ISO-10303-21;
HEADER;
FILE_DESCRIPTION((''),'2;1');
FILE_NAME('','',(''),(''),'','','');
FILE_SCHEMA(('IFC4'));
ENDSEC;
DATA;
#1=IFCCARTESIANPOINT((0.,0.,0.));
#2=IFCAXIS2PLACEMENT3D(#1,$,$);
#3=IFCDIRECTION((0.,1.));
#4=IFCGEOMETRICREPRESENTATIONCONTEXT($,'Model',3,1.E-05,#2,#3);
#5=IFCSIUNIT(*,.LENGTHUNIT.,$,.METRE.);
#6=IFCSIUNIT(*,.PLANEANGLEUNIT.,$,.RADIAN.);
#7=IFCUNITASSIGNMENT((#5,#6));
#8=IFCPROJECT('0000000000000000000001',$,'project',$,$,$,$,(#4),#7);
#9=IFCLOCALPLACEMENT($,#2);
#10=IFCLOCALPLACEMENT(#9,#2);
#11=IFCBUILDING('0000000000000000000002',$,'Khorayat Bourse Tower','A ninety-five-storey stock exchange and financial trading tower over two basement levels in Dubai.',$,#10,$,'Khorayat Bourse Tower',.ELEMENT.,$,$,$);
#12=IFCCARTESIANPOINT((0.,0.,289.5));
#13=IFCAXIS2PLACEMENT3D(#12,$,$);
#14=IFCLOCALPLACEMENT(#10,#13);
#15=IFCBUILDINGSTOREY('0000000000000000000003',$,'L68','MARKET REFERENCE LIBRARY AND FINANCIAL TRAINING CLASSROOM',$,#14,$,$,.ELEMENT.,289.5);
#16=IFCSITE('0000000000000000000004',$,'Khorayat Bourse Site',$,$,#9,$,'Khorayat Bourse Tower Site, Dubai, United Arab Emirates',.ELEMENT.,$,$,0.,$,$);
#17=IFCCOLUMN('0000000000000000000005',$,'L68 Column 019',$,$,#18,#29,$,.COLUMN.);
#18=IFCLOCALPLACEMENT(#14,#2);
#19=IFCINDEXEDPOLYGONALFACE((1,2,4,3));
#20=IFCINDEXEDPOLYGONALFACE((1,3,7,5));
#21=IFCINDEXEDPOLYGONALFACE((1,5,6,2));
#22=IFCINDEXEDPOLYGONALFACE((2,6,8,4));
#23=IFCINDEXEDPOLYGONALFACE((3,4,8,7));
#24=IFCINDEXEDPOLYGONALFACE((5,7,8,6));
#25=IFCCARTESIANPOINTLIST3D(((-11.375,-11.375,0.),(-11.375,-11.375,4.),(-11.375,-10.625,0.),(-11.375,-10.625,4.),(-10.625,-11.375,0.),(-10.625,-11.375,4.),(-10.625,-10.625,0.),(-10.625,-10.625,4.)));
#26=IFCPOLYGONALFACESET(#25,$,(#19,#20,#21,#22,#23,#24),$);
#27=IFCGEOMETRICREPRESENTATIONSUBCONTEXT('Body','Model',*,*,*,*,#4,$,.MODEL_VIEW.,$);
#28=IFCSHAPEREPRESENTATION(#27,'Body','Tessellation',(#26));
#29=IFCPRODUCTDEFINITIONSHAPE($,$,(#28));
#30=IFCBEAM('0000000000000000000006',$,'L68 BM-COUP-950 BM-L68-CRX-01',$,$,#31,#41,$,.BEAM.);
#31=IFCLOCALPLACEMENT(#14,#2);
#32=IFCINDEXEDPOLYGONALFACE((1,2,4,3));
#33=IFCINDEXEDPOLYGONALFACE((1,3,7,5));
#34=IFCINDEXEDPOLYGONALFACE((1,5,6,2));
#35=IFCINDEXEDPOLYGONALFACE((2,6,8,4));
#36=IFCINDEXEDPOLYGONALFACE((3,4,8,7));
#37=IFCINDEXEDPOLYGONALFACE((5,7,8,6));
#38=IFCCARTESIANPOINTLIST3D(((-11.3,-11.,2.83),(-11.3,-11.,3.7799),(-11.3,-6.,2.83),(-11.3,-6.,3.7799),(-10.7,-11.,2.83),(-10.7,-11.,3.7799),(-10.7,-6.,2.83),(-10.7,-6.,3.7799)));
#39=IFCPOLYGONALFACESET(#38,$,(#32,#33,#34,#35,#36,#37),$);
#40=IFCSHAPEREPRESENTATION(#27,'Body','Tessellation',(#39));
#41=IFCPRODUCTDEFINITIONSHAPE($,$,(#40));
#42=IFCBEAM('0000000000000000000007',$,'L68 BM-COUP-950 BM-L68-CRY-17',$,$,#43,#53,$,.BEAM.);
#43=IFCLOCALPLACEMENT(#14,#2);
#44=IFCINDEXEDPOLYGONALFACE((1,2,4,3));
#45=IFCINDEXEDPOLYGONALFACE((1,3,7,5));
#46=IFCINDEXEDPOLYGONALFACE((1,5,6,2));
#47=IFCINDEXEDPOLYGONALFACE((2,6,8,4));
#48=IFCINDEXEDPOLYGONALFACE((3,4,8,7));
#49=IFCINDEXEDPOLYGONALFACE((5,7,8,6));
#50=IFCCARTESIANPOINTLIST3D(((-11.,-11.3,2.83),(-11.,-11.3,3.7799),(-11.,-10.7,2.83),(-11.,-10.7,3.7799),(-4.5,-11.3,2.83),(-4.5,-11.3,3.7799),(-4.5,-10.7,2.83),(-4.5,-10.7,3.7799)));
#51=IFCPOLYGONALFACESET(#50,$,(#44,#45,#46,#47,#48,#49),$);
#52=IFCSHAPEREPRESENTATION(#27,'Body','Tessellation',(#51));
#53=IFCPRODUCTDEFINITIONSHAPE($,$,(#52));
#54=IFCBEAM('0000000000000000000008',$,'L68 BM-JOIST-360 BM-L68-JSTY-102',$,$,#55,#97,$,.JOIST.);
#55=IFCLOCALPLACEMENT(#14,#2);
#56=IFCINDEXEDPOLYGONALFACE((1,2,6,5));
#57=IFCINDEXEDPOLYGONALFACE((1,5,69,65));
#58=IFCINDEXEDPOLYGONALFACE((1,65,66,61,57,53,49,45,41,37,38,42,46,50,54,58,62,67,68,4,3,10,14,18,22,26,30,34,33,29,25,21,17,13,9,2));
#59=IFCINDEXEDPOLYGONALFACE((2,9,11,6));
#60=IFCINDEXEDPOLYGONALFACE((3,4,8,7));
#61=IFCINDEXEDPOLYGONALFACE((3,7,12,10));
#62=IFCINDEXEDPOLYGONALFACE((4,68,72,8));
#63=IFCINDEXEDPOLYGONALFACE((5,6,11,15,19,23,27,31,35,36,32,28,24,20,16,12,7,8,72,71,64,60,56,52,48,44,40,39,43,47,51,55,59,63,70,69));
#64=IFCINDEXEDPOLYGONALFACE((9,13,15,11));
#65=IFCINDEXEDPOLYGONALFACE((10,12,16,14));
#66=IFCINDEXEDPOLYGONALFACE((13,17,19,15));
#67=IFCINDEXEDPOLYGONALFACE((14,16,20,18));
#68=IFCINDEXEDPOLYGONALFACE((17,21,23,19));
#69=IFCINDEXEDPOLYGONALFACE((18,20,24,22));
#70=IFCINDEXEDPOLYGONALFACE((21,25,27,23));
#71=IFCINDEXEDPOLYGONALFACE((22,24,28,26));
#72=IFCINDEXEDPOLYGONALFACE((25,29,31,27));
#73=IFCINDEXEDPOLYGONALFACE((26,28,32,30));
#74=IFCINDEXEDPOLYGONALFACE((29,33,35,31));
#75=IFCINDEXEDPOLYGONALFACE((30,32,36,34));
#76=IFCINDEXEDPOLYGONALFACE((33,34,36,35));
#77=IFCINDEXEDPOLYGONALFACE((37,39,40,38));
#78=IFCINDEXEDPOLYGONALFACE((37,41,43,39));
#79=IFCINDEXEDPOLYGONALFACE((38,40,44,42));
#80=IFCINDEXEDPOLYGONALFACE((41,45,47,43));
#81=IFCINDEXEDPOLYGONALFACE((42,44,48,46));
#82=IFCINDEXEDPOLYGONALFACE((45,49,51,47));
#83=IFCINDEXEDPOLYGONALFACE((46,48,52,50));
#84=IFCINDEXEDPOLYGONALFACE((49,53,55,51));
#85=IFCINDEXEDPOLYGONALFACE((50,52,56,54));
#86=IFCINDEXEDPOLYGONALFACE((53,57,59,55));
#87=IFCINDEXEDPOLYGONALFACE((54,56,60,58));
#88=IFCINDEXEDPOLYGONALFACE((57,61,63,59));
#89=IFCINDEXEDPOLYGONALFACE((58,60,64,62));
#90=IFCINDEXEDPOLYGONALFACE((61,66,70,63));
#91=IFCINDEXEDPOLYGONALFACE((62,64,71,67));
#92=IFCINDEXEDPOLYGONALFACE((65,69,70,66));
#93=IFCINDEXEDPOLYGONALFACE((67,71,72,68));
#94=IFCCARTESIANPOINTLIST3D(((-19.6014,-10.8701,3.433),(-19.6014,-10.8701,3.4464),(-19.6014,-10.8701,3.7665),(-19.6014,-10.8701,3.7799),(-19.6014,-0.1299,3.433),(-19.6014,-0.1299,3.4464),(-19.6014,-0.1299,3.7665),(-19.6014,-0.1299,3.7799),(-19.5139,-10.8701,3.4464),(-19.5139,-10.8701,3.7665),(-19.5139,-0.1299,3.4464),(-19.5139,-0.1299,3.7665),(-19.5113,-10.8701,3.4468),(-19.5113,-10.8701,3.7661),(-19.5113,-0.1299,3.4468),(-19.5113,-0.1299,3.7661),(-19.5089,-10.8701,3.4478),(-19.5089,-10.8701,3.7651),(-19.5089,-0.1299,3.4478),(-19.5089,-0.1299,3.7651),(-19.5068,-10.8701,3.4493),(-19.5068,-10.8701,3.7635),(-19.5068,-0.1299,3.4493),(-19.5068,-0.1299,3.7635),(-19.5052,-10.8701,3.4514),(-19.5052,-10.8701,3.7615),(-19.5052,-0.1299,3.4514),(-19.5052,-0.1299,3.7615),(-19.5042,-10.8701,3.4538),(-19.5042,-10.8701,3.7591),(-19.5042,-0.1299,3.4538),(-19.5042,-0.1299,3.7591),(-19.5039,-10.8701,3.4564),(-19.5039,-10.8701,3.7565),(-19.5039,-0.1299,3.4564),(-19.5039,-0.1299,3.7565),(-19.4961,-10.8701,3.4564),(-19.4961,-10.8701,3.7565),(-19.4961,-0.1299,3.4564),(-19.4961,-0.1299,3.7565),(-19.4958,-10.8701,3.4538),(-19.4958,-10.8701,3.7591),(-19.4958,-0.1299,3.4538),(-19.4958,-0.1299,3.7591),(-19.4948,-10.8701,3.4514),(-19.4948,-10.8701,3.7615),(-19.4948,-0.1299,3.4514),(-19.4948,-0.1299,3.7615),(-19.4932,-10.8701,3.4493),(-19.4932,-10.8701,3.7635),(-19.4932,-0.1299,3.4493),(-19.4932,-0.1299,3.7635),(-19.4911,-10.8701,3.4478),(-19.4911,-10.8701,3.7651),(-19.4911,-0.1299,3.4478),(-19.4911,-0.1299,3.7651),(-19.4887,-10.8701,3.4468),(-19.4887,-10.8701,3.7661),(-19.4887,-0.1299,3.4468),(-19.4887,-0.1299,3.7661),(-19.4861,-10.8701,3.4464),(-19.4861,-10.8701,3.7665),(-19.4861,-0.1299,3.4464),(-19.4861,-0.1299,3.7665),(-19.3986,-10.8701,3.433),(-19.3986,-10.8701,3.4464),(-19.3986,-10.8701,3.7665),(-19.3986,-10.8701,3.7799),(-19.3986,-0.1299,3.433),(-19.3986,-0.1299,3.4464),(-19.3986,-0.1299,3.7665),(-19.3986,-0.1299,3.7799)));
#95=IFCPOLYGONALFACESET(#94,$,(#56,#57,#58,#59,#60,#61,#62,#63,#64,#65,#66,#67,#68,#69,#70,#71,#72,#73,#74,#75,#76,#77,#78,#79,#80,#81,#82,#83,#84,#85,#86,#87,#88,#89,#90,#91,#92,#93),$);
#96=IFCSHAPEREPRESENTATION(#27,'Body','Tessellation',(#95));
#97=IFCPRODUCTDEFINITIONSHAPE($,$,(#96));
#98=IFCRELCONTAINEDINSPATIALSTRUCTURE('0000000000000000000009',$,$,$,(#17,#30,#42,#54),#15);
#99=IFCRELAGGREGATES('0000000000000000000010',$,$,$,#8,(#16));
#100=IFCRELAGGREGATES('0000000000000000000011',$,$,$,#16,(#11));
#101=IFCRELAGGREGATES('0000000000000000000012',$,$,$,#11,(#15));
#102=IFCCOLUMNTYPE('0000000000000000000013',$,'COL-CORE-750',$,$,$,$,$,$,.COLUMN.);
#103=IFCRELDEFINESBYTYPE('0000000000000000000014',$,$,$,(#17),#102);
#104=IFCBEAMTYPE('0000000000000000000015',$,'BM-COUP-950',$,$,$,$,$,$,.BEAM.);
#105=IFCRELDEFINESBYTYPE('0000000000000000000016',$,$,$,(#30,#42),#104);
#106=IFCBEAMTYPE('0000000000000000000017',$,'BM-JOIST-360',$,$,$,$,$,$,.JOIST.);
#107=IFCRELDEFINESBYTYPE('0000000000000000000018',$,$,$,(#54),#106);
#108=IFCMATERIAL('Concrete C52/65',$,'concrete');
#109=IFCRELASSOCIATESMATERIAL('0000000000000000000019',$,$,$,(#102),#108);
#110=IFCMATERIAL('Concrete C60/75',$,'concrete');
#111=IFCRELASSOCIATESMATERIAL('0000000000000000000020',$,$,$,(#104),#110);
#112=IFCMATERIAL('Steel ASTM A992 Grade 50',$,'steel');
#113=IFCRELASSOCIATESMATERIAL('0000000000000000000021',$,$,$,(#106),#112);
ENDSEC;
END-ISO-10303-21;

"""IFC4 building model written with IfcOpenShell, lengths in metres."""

from ifc_helpers import new_model, si_unit, direction, frame, origin, origin_2d, place, context, subcontext, project, spatial, rectangle, i_section, extrude, source, transform, mapped, material, material_profile, profile_set, type_object, element, save


model = new_model("IFC4")

# Units and contexts
model_context = context("Model", 3, precision=1e-05, world=origin(), true_north=direction((0.0, 1.0)))
body_context = subcontext(model_context, "Body", "Model", "MODEL_VIEW")
ifc_project = project(units=[si_unit("LENGTHUNIT", "METRE"), si_unit("PLANEANGLEUNIT", "RADIAN")], contexts=[model_context])

# Site, building, storey
site_placement = place(None, origin())
site = spatial("IfcSite", under=ifc_project, at=site_placement, Name="Khorayat Bourse Site", LongName="Khorayat Bourse Tower Site, Dubai, United Arab Emirates", CompositionType="ELEMENT", RefElevation=0.0)
building_placement = place(site_placement, origin())
building = spatial("IfcBuilding", under=site, at=building_placement, Name="Khorayat Bourse Tower", Description="A ninety-five-storey stock exchange and financial trading tower over two basement levels in Dubai.", LongName="Khorayat Bourse Tower", CompositionType="ELEMENT")
storey_placement = place(building_placement, frame((0.0, 0.0, 289.5)))
storey = spatial("IfcBuildingStorey", under=building, at=storey_placement, Name="L68", Description="MARKET REFERENCE LIBRARY AND FINANCIAL TRAINING CLASSROOM", CompositionType="ELEMENT", Elevation=289.5)

# Column
ifc_material_1 = material(Name="Concrete C52/65", Category="concrete")
ifc_material_profile_1 = material_profile(ifc_material_1, rectangle(XDim=0.75, YDim=0.75, at=origin_2d()), Name="RC 750x750")
ifc_profile_set_1 = profile_set([ifc_material_profile_1], Name="Concrete C52/65")
column_type = type_object("IfcColumnType", Name="COL-CORE-750", PredefinedType="COLUMN", material=ifc_profile_set_1)
shared_shape_1 = source(origin(), body_context, "Body", "SweptSolid", [
    extrude(rectangle(XDim=0.75, YDim=0.75, at=origin_2d()), origin(), (0.0, 0.0, 1.0), 4.0),
])
column_placement = place(storey_placement, frame((-11.0, -11.0, 0.0), z_axis=(0.0, 0.0, 1.0), x_axis=(1.0, 0.0, 0.0)))
element("IfcColumn", 1, at=column_placement, inside=storey, type_object=column_type, Name="L68 Column 019", PredefinedType="COLUMN", context=body_context, shape_type="MappedRepresentation", body=[
    mapped(shared_shape_1, transform((0.0, 0.0, 0.0), scale=1.0)),
])

# Beams
ifc_material_2 = material(Name="Concrete C60/75", Category="concrete")
ifc_material_profile_2 = material_profile(ifc_material_2, rectangle(XDim=0.6001, YDim=0.95, at=origin_2d()), Name="RC 600x950")
ifc_profile_set_2 = profile_set([ifc_material_profile_2], Name="Concrete C60/75")
beam_type_1 = type_object("IfcBeamType", Name="BM-COUP-950", PredefinedType="BEAM", material=ifc_profile_set_2)
shared_shape_2 = source(origin(), body_context, "Body", "SweptSolid", [
    extrude(rectangle(XDim=0.6001, YDim=0.95, at=origin_2d()), origin(), (0.0, 0.0, 1.0), 5.0),
])
beam_1_placement = place(storey_placement, frame((-11.0, -11.0, 3.3049), z_axis=(0.0, 1.0, 0.0), x_axis=(-1.0, 0.0, 0.0)))
element("IfcBeam", 2, at=beam_1_placement, inside=storey, type_object=beam_type_1, Name="L68 BM-COUP-950 BM-L68-CRX-01", PredefinedType="BEAM", context=body_context, shape_type="MappedRepresentation", body=[
    mapped(shared_shape_2, transform((0.0, 0.0, 0.0), scale=1.0)),
])
shared_shape_3 = source(origin(), body_context, "Body", "SweptSolid", [
    extrude(rectangle(XDim=0.6001, YDim=0.95, at=origin_2d()), origin(), (0.0, 0.0, 1.0), 6.5),
])
beam_2_placement = place(storey_placement, frame((-11.0, -11.0, 3.3049), z_axis=(1.0, 0.0, 0.0), x_axis=(0.0, 1.0, 0.0)))
element("IfcBeam", 3, at=beam_2_placement, inside=storey, type_object=beam_type_1, Name="L68 BM-COUP-950 BM-L68-CRY-17", PredefinedType="BEAM", context=body_context, shape_type="MappedRepresentation", body=[
    mapped(shared_shape_3, transform((0.0, 0.0, 0.0), scale=1.0)),
])
ifc_material_3 = material(Name="Steel ASTM A992 Grade 50", Category="steel")
ifc_material_profile_3 = material_profile(ifc_material_3, i_section(OverallWidth=0.2029, OverallDepth=0.3469, WebThickness=0.0078, FlangeThickness=0.0134, FilletRadius=0.01, at=origin_2d()), Name="W360X64")
ifc_profile_set_3 = profile_set([ifc_material_profile_3], Name="Steel ASTM A992 Grade 50")
beam_type_2 = type_object("IfcBeamType", Name="BM-JOIST-360", PredefinedType="JOIST", material=ifc_profile_set_3)
shared_shape_4 = source(origin(), body_context, "Body", "SweptSolid", [
    extrude(i_section(OverallWidth=0.2029, OverallDepth=0.3469, WebThickness=0.0078, FlangeThickness=0.0134, FilletRadius=0.01, at=origin_2d()), origin(), (0.0, 0.0, 1.0), 10.7402),
])
beam_3_placement = place(storey_placement, frame((-19.5, -10.8701, 3.6064), z_axis=(0.0, 1.0, 0.0), x_axis=(-1.0, 0.0, 0.0)))
element("IfcBeam", 4, at=beam_3_placement, inside=storey, type_object=beam_type_2, Name="L68 BM-JOIST-360 BM-L68-JSTY-102", PredefinedType="JOIST", context=body_context, shape_type="MappedRepresentation", body=[
    mapped(shared_shape_4, transform((0.0, 0.0, 0.0), scale=1.0)),
])

save(model, "model.ifc")
